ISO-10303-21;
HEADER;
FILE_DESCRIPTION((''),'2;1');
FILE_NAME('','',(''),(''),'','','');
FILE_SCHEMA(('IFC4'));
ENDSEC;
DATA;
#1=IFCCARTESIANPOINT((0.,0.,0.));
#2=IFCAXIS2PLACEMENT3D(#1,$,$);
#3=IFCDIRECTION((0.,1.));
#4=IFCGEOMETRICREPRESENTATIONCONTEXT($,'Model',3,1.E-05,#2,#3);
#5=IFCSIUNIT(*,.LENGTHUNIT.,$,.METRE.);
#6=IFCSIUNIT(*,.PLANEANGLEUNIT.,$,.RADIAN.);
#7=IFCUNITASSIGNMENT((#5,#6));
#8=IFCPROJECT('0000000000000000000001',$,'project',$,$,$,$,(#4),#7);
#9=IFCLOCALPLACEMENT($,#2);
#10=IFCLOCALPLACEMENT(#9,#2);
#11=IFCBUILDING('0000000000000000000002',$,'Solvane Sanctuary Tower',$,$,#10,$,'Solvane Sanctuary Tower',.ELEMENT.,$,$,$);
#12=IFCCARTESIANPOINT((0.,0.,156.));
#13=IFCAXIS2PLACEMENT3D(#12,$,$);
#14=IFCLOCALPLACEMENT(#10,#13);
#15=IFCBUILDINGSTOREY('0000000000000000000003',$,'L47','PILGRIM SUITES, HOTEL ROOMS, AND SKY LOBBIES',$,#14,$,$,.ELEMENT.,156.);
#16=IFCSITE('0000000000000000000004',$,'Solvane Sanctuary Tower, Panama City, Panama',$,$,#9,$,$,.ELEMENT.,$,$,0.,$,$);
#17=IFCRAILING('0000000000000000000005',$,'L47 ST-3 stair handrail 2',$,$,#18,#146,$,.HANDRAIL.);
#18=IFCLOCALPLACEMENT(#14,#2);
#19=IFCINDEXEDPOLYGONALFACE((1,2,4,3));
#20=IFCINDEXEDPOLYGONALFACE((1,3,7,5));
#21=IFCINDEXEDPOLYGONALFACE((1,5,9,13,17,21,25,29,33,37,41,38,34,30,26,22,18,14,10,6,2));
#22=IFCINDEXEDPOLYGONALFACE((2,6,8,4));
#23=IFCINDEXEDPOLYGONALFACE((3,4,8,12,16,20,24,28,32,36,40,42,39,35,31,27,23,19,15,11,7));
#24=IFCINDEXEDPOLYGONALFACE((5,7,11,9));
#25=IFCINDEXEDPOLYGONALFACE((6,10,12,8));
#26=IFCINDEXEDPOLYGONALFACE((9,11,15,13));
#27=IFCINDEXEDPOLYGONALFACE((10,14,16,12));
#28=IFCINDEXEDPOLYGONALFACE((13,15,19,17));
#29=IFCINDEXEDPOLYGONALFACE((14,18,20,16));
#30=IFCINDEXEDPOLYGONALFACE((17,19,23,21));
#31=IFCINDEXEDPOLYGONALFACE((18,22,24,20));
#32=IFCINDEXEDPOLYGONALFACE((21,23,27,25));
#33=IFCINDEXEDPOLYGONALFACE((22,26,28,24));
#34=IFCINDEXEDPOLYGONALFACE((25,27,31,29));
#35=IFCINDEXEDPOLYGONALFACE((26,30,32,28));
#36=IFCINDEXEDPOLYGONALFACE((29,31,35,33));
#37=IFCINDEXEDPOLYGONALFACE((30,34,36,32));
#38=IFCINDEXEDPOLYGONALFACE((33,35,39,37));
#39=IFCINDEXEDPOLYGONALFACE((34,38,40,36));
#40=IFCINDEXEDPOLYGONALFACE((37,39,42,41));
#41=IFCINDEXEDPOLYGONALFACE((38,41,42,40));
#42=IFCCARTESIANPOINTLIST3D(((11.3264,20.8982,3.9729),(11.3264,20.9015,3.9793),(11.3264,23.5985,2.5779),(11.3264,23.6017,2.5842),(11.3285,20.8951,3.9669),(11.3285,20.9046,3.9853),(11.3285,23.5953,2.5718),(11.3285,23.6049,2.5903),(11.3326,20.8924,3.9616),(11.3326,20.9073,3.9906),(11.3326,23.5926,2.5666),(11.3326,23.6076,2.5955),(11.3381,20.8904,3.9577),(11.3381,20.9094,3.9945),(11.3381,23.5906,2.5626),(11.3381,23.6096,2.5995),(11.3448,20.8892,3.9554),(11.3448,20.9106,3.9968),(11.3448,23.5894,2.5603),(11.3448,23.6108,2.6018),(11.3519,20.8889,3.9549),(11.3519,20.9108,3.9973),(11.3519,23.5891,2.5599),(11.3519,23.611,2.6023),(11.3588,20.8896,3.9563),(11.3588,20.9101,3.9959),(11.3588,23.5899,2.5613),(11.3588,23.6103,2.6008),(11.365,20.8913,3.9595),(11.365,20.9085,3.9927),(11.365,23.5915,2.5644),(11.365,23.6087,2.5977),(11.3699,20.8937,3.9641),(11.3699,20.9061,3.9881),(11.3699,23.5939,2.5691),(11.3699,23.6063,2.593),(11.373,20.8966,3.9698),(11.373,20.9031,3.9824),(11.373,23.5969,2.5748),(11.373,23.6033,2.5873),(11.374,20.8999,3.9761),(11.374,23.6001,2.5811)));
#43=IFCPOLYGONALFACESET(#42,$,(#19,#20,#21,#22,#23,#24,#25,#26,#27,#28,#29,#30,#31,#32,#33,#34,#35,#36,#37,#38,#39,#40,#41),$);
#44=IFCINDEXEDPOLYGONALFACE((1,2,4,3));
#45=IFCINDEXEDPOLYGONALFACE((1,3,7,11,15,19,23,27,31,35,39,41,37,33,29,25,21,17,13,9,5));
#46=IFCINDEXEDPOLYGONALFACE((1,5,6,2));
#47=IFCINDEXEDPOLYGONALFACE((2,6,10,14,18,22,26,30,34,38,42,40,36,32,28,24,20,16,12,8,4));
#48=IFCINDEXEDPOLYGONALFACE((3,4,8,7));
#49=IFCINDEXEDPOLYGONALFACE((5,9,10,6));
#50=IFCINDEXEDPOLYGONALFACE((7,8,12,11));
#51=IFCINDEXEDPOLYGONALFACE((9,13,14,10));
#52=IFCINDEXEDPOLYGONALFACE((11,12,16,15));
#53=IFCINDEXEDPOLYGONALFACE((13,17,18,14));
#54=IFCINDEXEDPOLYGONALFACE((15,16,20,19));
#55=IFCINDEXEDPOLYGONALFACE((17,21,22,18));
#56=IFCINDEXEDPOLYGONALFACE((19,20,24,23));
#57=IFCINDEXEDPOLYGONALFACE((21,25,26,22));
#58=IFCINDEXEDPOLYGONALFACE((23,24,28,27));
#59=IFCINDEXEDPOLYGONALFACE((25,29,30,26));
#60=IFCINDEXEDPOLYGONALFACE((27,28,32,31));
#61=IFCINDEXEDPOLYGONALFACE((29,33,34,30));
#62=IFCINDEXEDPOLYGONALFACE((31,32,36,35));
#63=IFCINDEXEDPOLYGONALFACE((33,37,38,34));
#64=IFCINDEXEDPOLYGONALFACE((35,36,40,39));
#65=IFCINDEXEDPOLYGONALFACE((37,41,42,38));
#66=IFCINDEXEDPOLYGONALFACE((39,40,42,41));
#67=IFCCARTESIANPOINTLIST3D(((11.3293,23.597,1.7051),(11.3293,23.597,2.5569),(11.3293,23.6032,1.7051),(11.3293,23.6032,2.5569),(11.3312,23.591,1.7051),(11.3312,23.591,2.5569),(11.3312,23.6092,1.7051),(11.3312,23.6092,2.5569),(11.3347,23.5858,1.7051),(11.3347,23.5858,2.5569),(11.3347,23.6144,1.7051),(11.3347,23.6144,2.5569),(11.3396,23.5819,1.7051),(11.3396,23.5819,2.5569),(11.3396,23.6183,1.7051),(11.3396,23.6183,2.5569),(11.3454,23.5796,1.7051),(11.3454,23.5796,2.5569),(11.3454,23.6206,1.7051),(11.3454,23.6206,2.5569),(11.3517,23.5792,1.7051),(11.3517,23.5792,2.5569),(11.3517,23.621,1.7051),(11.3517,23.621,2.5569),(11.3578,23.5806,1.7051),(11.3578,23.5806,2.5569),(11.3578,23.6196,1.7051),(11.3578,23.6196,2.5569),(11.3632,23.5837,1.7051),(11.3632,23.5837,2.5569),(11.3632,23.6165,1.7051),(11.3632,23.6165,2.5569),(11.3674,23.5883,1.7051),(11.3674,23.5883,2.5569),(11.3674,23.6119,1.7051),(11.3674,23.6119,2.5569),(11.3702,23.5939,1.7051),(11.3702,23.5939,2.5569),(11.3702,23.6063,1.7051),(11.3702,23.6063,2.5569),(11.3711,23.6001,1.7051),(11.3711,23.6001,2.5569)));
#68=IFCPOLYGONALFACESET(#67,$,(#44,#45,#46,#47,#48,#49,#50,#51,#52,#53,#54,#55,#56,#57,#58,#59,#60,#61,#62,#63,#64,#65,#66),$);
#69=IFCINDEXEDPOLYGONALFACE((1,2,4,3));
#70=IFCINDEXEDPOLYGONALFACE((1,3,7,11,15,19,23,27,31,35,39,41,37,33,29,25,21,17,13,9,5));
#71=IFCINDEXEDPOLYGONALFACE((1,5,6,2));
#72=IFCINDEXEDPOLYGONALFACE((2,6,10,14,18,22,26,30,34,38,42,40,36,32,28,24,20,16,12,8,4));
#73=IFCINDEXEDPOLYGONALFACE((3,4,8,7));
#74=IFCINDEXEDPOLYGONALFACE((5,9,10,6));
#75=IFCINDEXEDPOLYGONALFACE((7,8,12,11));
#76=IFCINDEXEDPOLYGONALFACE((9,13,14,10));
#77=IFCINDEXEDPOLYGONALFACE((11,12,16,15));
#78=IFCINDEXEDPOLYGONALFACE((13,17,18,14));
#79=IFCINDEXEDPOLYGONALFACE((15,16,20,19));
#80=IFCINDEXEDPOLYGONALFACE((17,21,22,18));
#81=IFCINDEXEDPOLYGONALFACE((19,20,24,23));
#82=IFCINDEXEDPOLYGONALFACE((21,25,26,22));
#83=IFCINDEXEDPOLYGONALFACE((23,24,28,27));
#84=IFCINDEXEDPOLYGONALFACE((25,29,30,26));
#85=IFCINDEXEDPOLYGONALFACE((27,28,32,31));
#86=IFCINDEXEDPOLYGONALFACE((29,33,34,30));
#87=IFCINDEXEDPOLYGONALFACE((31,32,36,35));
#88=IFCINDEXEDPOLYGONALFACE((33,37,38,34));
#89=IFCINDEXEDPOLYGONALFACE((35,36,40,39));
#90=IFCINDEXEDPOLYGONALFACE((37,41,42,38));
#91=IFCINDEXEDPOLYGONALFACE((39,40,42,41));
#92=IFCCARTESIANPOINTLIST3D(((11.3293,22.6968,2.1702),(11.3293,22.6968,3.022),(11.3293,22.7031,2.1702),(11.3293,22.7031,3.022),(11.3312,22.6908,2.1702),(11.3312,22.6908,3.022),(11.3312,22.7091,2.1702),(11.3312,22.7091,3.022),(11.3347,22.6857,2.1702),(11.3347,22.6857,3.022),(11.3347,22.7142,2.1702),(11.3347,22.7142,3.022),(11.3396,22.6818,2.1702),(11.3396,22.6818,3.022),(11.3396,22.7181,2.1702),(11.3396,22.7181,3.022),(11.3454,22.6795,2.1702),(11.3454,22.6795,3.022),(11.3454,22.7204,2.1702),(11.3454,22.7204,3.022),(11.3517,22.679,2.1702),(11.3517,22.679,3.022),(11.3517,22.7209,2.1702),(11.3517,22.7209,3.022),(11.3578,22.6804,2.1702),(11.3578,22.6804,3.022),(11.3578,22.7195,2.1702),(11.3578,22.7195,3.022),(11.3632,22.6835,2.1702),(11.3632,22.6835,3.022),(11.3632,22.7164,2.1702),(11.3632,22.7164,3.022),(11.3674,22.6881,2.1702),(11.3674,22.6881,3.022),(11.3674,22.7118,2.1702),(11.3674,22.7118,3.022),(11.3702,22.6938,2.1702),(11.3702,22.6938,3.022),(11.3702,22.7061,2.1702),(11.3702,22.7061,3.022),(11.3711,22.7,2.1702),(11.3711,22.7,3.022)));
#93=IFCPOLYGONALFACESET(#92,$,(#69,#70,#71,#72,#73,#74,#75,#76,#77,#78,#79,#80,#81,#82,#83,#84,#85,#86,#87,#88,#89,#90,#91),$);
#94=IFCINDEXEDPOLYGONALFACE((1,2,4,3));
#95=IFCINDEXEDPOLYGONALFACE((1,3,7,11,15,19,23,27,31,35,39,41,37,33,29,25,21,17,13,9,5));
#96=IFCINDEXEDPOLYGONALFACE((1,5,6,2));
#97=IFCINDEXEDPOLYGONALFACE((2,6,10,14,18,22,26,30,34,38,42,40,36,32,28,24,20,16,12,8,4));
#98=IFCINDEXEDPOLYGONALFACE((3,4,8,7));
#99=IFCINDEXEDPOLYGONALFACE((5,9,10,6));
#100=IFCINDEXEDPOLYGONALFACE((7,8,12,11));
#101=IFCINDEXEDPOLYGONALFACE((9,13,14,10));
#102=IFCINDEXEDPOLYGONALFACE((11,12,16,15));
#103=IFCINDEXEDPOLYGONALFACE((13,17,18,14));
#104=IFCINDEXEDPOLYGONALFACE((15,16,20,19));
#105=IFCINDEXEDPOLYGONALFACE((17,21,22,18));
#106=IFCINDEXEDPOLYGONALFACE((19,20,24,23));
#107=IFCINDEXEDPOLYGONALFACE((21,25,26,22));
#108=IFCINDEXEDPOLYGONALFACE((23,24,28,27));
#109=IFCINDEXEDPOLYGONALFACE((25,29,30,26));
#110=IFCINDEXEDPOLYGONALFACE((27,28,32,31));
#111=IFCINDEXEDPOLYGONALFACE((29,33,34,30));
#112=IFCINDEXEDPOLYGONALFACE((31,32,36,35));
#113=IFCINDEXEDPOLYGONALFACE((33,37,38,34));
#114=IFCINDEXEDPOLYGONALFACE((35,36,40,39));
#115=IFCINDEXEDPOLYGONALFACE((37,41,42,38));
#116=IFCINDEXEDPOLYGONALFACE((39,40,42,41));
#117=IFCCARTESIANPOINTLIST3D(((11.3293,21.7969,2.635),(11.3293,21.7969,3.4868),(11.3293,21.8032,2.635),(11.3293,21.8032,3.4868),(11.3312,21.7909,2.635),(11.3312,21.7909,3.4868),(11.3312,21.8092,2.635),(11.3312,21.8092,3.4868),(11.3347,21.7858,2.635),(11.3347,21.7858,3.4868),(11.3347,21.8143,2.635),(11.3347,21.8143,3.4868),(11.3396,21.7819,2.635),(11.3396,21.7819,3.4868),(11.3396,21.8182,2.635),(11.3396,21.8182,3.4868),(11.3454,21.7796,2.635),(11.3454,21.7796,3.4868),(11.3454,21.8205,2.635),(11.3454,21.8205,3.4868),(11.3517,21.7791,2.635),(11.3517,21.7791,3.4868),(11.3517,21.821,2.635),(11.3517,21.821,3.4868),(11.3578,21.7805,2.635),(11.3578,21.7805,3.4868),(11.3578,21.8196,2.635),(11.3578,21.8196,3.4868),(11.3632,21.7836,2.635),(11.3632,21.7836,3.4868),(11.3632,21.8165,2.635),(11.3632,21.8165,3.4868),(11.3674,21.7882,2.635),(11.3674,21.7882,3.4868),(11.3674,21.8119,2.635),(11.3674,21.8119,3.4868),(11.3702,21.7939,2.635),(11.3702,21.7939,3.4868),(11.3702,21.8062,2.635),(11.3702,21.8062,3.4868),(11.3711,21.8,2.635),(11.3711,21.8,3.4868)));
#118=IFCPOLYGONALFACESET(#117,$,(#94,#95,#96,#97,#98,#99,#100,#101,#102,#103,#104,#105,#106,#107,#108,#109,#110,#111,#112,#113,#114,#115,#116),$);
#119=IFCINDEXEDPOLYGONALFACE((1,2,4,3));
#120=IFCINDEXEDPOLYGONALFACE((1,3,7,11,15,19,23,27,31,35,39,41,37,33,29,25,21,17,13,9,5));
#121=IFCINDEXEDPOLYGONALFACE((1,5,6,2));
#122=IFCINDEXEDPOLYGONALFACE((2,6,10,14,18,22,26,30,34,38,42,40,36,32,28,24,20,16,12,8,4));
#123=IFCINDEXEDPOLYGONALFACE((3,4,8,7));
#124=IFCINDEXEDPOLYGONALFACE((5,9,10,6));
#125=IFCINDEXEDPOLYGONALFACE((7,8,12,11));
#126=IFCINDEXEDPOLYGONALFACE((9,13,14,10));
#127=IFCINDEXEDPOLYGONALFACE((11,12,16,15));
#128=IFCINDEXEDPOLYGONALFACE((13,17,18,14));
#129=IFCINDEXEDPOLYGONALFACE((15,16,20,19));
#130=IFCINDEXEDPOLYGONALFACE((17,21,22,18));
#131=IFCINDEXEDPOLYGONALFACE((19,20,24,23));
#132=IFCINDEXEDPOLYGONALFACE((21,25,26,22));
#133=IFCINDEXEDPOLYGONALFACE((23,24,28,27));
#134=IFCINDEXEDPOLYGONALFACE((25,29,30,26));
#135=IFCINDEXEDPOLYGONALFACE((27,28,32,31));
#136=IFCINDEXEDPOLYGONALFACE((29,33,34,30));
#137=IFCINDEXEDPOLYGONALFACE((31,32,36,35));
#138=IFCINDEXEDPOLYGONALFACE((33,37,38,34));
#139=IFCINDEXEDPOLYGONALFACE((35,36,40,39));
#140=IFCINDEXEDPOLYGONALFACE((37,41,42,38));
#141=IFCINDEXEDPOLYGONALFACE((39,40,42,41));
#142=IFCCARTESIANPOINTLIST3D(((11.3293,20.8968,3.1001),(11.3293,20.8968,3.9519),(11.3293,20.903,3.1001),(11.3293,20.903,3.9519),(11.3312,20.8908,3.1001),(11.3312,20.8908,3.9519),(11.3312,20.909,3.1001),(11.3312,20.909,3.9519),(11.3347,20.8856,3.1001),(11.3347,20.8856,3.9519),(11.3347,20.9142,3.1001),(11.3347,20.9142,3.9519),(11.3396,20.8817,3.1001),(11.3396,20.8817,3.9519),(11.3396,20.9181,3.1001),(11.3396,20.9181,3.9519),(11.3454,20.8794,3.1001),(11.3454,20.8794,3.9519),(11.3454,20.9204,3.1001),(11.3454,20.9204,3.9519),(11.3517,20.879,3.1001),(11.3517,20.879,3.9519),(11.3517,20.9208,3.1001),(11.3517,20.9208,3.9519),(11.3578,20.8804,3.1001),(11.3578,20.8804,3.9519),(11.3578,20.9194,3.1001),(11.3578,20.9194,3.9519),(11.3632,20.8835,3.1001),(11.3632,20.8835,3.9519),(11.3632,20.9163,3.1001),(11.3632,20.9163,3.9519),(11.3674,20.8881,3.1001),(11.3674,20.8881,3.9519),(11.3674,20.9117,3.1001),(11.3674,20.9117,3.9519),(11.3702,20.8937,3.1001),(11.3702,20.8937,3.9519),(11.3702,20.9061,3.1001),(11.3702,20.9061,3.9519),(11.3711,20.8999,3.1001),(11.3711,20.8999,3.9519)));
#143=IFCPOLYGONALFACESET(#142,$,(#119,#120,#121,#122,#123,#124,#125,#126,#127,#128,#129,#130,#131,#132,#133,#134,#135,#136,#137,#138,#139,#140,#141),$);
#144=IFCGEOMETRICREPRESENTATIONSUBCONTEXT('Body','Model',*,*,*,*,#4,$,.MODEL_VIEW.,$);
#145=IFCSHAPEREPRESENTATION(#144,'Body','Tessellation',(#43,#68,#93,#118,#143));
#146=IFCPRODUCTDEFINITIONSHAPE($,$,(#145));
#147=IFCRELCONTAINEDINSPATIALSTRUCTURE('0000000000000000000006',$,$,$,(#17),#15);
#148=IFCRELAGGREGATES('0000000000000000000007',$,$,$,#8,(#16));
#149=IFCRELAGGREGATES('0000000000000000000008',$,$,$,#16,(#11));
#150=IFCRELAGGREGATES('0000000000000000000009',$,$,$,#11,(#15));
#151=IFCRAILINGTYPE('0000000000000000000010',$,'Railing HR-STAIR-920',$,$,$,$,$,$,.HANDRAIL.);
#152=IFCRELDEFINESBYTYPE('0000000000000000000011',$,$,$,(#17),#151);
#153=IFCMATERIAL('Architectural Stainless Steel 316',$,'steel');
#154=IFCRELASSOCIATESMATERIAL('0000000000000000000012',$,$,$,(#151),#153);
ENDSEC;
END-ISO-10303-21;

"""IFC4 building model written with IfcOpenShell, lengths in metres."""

from ifc_helpers import new_model, si_unit, direction, frame, origin, origin_2d, place, context, subcontext, project, spatial, circle, extrude, material, type_object, element, save


model = new_model("IFC4")

# Units and contexts
model_context = context("Model", 3, precision=1e-05, world=origin(), true_north=direction((0.0, 1.0)))
body_context = subcontext(model_context, "Body", "Model", "MODEL_VIEW")
ifc_project = project(units=[si_unit("LENGTHUNIT", "METRE"), si_unit("PLANEANGLEUNIT", "RADIAN")], contexts=[model_context])

# Site, building, storey
site_placement = place(None, origin())
site = spatial("IfcSite", under=ifc_project, at=site_placement, Name="Solvane Sanctuary Tower, Panama City, Panama", CompositionType="ELEMENT", RefElevation=0.0)
building_placement = place(site_placement, origin())
building = spatial("IfcBuilding", under=site, at=building_placement, Name="Solvane Sanctuary Tower", LongName="Solvane Sanctuary Tower", CompositionType="ELEMENT")
storey_placement = place(building_placement, frame((0.0, 0.0, 156.0)))
storey = spatial("IfcBuildingStorey", under=building, at=storey_placement, Name="L47", Description="PILGRIM SUITES, HOTEL ROOMS, AND SKY LOBBIES", CompositionType="ELEMENT", Elevation=156.0)

# Shared definitions
ifc_material_1 = material(Name="Architectural Stainless Steel 316", Category="steel")

# Railing
railing_type_1 = type_object("IfcRailingType", Name="Railing HR-STAIR-920", PredefinedType="HANDRAIL", material=ifc_material_1)
railing_1_placement = place(storey_placement, frame((11.3501, 23.6001, 1.7051)))
element("IfcRailing", 1, at=railing_1_placement, inside=storey, type_object=railing_type_1, Name="L47 ST-3 stair handrail 2", PredefinedType="HANDRAIL", context=body_context, shape_type="SweptSolid", body=[
    extrude(circle(Radius=0.0239, at=origin_2d()), frame((0.0, 0.0, 0.876), z_axis=(0.0, -0.888437, 0.458999), x_axis=(1.0, 0.0, 0.0)), (0.0, 0.0, 1.0), 3.0393),
    extrude(circle(Radius=0.021, at=origin_2d()), origin(), (0.0, 0.0, 1.0), 0.8518),
    extrude(circle(Radius=0.021, at=origin_2d()), frame((0.0, -0.9001, 0.4651)), (0.0, 0.0, 1.0), 0.8518),
    extrude(circle(Radius=0.021, at=origin_2d()), frame((0.0, -1.8, 0.9299)), (0.0, 0.0, 1.0), 0.8518),
    extrude(circle(Radius=0.021, at=origin_2d()), frame((0.0, -2.7002, 1.395)), (0.0, 0.0, 1.0), 0.8518),
])

save(model, "model.ifc")
